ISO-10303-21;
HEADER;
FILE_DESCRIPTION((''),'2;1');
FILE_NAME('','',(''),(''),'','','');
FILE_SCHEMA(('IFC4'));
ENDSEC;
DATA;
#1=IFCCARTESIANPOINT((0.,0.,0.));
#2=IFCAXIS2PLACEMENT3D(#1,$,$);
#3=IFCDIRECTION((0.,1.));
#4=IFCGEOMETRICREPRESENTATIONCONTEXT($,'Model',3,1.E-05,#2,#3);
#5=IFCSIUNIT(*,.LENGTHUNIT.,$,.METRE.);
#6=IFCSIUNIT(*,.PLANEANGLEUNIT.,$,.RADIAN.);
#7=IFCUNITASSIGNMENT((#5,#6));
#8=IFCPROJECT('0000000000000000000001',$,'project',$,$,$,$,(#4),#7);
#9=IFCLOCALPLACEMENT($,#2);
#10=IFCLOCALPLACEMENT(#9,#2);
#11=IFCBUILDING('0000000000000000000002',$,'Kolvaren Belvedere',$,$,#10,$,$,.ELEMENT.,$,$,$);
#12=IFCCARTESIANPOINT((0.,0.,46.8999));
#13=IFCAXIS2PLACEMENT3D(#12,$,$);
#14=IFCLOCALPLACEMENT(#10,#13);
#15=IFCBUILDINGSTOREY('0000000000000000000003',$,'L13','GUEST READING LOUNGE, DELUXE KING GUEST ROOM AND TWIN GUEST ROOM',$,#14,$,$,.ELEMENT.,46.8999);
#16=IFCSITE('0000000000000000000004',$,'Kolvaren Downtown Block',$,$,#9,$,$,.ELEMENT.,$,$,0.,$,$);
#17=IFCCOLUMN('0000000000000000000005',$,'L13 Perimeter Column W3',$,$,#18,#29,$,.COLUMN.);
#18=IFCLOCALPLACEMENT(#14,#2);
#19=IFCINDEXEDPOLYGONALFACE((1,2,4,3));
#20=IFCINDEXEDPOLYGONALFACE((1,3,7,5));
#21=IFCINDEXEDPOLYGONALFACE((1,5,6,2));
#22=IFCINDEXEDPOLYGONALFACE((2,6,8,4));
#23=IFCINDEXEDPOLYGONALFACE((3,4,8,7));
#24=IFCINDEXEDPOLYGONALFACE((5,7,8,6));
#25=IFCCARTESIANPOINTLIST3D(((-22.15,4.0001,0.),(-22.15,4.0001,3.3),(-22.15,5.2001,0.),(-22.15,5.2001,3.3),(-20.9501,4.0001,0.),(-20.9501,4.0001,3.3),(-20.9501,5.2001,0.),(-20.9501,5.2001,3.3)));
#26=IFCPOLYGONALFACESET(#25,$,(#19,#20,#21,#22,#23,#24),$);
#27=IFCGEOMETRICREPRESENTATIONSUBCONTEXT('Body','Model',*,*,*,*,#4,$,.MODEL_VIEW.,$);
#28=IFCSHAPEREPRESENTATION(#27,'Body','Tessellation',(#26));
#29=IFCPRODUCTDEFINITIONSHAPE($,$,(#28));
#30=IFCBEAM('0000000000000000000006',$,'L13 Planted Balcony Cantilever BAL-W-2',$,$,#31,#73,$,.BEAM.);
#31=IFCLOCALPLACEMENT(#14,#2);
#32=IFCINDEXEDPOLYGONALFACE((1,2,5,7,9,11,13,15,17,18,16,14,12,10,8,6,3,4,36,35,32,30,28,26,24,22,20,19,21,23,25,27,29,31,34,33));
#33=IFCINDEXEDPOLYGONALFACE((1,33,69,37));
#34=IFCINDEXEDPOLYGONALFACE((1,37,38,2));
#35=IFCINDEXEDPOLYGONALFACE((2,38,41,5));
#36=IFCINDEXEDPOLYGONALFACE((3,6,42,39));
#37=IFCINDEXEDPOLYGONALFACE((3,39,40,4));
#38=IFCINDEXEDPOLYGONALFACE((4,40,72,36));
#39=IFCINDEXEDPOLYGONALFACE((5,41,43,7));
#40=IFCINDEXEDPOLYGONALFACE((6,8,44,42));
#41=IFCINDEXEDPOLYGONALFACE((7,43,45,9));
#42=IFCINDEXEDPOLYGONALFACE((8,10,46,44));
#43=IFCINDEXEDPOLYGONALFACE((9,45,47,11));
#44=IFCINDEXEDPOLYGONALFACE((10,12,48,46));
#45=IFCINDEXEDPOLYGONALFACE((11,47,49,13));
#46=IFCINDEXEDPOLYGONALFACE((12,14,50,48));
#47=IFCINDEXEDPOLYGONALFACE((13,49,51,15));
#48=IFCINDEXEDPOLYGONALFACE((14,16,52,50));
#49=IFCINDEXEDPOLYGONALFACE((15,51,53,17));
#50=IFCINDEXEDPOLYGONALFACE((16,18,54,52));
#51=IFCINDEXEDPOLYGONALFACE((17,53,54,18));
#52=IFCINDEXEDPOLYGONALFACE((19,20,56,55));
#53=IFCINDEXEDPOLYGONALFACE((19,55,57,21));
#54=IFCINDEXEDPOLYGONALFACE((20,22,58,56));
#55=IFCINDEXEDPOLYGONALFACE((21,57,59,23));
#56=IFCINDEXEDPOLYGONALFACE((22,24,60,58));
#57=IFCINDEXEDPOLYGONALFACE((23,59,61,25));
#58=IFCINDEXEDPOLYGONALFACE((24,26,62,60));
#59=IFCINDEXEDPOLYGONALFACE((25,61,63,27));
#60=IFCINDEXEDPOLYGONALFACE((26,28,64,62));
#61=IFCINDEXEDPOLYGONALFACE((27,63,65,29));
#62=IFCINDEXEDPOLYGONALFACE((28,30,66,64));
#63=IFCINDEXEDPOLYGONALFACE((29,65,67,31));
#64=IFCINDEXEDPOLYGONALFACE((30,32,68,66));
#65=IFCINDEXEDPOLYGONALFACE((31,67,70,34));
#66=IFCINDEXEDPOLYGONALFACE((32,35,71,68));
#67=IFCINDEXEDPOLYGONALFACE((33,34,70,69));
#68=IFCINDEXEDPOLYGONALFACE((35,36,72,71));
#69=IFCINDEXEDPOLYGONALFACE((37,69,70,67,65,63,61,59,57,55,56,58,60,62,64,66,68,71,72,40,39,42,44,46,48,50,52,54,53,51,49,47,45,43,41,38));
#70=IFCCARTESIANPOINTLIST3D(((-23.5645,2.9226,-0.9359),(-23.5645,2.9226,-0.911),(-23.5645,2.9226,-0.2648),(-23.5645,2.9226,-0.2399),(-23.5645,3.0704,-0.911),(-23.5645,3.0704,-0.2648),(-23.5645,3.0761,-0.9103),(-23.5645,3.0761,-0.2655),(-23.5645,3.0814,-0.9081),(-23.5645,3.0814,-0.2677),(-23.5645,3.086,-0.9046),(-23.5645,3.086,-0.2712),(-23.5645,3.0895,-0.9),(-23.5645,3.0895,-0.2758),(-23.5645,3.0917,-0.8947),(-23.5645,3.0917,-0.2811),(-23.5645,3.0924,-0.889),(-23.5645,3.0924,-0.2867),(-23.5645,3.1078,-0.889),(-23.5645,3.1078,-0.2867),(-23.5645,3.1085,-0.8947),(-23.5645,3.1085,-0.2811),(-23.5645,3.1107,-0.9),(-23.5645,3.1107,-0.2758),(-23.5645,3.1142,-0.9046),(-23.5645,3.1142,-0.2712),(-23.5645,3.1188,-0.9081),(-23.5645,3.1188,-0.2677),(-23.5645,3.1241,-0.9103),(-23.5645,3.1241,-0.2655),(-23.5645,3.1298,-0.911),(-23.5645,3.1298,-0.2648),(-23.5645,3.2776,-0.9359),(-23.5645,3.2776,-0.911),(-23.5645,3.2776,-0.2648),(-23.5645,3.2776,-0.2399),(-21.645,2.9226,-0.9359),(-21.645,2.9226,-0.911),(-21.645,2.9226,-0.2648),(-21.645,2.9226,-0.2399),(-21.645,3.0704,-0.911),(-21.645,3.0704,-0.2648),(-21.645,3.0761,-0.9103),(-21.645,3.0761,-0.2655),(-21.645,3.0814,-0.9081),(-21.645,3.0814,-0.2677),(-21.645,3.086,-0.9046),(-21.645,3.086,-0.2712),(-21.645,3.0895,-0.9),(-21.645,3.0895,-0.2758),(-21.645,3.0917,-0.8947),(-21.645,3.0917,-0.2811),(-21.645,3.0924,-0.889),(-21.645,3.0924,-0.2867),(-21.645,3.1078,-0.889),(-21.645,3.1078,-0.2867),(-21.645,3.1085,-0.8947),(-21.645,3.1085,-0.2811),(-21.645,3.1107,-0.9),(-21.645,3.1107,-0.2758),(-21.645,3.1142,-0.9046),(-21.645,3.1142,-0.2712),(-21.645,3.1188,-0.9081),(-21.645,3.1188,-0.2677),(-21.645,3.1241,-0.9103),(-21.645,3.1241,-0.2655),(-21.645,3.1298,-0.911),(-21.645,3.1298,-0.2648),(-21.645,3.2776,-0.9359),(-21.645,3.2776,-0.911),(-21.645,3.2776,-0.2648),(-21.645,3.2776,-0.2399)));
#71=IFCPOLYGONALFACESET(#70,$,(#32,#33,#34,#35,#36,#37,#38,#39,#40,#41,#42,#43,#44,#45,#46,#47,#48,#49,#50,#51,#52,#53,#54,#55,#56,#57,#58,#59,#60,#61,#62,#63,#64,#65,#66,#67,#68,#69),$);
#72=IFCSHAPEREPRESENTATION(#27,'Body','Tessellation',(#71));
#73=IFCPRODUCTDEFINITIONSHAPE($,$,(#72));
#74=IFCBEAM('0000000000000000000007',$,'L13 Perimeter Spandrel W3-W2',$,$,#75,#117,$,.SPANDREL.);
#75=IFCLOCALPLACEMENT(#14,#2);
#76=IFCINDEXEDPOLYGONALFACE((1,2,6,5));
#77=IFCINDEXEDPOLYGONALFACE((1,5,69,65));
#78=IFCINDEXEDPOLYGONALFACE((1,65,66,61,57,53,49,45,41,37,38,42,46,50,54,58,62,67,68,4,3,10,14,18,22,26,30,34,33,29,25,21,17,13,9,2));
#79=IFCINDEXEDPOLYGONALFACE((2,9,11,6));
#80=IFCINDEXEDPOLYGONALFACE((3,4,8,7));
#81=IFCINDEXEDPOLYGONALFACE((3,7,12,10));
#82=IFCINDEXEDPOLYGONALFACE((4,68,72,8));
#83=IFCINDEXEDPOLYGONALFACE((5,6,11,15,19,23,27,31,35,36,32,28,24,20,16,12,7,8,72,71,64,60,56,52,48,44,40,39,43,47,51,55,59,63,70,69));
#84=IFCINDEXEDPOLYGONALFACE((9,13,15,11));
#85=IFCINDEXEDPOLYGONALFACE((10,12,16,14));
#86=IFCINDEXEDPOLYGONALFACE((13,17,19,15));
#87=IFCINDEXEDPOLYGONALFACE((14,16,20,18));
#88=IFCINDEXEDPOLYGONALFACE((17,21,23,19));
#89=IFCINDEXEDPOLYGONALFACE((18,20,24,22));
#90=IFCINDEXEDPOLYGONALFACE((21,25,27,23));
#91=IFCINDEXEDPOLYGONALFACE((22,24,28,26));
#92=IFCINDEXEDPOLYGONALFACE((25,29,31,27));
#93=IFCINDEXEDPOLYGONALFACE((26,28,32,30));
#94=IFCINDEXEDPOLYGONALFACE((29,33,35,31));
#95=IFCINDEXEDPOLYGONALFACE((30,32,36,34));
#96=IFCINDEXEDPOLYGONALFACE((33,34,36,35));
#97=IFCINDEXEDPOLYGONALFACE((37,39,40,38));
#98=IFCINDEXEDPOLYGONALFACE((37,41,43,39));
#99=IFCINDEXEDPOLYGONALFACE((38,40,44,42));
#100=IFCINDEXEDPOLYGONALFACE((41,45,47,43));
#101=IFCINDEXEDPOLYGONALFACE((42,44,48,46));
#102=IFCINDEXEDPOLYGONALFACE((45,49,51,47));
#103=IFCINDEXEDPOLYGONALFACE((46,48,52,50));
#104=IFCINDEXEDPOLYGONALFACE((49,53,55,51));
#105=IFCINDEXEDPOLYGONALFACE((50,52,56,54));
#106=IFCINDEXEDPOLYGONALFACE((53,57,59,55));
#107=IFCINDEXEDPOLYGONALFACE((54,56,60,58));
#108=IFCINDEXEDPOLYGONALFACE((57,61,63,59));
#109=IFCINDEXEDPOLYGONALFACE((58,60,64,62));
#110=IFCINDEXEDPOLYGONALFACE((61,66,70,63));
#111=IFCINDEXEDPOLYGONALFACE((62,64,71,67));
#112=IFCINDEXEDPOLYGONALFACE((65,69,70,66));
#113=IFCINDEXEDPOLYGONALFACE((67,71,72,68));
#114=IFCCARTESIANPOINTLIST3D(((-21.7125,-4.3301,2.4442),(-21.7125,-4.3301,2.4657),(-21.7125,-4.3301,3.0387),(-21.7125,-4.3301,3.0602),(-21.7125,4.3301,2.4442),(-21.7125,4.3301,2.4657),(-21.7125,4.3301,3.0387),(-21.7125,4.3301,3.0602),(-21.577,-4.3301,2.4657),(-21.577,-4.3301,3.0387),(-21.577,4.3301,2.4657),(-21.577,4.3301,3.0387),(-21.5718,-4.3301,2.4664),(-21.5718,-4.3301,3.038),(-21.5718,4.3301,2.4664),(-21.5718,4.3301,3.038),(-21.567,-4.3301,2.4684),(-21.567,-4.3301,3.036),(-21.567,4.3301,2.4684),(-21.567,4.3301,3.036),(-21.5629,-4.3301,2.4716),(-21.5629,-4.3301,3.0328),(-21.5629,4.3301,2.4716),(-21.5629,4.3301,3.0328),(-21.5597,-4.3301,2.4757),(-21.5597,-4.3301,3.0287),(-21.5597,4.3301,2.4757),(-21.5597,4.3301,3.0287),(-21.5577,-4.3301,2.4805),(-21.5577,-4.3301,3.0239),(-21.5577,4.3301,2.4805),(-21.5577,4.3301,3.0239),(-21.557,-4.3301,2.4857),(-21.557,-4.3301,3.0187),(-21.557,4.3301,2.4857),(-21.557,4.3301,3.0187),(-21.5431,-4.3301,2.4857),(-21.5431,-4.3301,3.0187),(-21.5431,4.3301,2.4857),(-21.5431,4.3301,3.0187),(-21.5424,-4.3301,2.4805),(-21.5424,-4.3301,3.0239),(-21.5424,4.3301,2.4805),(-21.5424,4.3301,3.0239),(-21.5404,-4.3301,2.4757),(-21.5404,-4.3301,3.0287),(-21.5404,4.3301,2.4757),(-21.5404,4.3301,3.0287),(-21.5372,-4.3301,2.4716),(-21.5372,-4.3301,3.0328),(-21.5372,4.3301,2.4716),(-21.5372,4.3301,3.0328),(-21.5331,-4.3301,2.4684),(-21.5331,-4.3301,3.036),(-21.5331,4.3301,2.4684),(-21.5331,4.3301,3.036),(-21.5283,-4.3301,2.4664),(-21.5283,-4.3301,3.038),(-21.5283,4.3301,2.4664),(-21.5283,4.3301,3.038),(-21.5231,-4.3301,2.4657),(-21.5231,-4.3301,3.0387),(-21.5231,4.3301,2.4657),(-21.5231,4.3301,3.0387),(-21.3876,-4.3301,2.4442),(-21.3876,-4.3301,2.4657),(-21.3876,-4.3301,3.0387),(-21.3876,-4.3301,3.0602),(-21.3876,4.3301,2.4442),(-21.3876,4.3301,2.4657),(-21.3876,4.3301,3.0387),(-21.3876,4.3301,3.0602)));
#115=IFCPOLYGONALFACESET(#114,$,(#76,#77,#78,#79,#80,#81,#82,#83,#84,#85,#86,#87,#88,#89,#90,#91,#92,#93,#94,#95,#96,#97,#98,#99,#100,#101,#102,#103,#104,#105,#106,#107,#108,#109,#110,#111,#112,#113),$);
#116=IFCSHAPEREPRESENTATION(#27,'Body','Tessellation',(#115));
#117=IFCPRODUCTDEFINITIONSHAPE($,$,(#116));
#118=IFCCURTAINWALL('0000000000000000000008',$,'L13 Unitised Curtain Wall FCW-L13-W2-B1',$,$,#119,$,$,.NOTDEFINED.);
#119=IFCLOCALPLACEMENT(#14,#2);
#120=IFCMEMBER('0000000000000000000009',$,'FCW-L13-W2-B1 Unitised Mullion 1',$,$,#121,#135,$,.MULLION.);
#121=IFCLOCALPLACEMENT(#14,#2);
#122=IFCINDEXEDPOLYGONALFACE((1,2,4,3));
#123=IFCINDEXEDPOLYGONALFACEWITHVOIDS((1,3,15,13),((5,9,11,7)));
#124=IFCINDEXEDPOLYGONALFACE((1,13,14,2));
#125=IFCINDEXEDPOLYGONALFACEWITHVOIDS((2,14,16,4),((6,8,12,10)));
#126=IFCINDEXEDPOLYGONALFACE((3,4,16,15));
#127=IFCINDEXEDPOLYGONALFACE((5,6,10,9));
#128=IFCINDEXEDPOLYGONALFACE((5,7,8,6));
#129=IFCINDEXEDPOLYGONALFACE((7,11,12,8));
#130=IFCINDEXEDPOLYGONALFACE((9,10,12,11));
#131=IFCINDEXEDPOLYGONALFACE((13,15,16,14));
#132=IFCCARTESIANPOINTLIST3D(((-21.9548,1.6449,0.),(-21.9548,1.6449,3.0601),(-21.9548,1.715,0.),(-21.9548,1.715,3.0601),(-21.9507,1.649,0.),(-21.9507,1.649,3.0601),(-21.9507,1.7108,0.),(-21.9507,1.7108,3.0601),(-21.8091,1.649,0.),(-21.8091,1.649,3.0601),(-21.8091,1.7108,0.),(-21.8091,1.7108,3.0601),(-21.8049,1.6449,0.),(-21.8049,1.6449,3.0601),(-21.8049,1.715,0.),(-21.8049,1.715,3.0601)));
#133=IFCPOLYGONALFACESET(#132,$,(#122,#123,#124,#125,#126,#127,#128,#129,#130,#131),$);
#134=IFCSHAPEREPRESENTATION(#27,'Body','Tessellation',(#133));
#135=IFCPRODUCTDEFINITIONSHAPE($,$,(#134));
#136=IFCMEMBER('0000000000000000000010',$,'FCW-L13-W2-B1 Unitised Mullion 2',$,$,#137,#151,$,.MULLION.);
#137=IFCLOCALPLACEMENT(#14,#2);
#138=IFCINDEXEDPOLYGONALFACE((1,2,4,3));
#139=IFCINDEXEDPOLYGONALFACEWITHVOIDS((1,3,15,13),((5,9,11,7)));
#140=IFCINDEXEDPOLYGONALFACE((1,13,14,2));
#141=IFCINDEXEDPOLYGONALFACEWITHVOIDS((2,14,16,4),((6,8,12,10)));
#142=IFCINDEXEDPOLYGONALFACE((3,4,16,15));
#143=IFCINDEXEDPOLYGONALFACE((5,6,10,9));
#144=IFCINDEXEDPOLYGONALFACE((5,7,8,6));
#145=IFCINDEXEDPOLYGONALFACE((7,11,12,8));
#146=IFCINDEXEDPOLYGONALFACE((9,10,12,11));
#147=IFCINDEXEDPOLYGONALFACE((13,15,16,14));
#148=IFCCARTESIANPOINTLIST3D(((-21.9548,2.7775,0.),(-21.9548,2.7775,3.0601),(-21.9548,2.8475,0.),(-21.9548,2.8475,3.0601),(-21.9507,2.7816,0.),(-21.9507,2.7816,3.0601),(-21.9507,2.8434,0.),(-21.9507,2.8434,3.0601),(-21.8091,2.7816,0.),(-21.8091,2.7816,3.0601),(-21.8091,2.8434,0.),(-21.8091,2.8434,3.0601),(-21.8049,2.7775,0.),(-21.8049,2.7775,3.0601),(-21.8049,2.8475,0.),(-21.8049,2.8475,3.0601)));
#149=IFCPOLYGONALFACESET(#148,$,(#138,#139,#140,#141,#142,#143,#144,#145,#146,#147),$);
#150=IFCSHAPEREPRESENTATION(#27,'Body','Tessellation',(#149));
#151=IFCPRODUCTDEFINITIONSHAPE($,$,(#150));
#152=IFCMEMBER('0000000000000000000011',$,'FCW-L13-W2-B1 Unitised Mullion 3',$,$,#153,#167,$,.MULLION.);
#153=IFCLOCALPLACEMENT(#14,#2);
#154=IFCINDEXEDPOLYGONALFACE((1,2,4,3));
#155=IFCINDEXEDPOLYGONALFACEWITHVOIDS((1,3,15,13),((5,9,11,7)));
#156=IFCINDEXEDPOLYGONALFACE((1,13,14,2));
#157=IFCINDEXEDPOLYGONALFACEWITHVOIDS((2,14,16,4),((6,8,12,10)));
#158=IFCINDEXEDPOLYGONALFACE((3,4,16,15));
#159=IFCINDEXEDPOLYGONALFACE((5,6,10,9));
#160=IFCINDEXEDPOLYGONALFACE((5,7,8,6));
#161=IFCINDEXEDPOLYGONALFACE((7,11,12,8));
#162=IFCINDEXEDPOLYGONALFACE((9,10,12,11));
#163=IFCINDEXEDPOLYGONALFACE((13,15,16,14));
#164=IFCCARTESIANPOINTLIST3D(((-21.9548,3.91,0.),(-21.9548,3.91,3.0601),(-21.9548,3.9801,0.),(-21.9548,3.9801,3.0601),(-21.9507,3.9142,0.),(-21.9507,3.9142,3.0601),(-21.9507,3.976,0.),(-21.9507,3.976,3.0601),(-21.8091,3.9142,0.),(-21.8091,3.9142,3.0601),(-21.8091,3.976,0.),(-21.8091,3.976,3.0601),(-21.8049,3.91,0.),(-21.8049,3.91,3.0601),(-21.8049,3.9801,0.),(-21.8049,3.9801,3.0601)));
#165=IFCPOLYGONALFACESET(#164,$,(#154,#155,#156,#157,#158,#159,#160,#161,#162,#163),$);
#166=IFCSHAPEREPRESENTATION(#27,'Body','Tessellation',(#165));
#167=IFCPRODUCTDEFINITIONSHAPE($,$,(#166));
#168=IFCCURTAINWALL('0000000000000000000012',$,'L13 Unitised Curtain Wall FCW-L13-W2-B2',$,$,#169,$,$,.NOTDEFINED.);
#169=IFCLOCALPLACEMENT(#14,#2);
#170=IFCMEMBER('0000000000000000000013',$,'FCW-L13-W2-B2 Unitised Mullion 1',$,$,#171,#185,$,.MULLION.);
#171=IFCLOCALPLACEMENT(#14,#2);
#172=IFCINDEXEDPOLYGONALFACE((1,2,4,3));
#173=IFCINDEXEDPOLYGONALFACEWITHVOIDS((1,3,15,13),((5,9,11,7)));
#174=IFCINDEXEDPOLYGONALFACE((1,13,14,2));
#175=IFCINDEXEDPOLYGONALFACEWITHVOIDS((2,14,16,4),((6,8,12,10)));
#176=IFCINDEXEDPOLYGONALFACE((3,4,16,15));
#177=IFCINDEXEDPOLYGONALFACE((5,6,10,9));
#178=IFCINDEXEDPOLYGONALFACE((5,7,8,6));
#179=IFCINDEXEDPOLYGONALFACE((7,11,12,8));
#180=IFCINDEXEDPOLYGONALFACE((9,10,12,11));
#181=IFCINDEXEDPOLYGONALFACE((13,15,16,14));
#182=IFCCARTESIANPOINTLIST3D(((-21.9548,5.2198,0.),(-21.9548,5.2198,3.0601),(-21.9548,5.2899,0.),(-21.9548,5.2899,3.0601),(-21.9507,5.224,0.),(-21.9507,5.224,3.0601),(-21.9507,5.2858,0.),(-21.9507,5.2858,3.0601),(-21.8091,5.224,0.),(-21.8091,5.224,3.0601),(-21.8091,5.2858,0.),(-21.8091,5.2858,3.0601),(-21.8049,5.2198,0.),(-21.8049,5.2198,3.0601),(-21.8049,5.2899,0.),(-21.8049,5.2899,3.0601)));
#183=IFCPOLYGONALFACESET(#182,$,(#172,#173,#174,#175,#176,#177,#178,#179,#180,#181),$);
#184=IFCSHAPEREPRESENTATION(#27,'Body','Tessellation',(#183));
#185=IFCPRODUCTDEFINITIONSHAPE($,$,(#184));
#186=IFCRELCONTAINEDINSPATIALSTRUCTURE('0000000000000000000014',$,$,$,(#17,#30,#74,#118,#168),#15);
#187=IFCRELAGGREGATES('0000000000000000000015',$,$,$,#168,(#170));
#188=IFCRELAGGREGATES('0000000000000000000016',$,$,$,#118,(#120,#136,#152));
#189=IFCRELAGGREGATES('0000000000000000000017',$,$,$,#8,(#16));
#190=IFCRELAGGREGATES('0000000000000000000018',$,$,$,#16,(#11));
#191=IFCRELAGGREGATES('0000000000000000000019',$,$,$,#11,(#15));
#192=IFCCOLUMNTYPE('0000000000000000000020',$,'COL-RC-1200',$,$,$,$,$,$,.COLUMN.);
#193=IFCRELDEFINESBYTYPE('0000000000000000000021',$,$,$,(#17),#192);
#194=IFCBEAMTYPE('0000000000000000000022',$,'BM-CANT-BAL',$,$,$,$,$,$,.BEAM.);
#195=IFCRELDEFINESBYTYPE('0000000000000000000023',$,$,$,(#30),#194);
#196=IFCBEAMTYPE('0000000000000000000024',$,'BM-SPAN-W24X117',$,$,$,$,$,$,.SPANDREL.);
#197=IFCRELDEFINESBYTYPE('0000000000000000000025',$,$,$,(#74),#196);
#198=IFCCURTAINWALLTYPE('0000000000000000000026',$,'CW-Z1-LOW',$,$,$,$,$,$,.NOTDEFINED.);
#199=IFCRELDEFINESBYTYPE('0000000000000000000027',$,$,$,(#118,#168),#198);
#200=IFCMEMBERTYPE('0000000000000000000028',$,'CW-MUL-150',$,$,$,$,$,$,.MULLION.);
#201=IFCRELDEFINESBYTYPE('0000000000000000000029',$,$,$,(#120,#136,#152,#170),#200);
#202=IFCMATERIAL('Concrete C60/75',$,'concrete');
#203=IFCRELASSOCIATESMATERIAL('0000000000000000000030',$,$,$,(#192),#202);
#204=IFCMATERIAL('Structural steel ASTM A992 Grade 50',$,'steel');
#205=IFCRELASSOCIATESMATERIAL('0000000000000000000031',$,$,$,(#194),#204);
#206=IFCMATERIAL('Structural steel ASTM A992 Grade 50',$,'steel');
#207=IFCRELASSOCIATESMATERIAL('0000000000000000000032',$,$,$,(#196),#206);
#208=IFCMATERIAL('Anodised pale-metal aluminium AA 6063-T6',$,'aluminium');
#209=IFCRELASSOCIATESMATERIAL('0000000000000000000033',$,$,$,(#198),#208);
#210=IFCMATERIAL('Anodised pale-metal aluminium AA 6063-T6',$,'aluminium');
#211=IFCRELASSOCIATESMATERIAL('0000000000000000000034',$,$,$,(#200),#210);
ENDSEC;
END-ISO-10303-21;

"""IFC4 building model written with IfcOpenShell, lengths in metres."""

from ifc_helpers import new_model, si_unit, direction, frame, origin, origin_2d, place, context, subcontext, project, spatial, rectangle, hollow_rectangle, i_section, extrude, material, material_profile, profile_set, type_object, element, aggregate, save


model = new_model("IFC4")

# Units and contexts
model_context = context("Model", 3, precision=1e-05, world=origin(), true_north=direction((0.0, 1.0)))
body_context = subcontext(model_context, "Body", "Model", "MODEL_VIEW")
ifc_project = project(units=[si_unit("LENGTHUNIT", "METRE"), si_unit("PLANEANGLEUNIT", "RADIAN")], contexts=[model_context])

# Site, building, storey
site_placement = place(None, origin())
site = spatial("IfcSite", under=ifc_project, at=site_placement, Name="Kolvaren Downtown Block", CompositionType="ELEMENT", RefElevation=0.0)
building_placement = place(site_placement, origin())
building = spatial("IfcBuilding", under=site, at=building_placement, Name="Kolvaren Belvedere", CompositionType="ELEMENT")
storey_placement = place(building_placement, frame((0.0, 0.0, 46.8999)))
storey = spatial("IfcBuildingStorey", under=building, at=storey_placement, Name="L13", Description="GUEST READING LOUNGE, DELUXE KING GUEST ROOM AND TWIN GUEST ROOM", CompositionType="ELEMENT", Elevation=46.8999)

# Column
ifc_material_1 = material(Name="Concrete C60/75", Category="concrete")
ifc_material_profile_1 = material_profile(ifc_material_1, rectangle(XDim=1.2, YDim=1.2, at=origin_2d()), Name="RC 1200X1200")
ifc_profile_set_1 = profile_set([ifc_material_profile_1], Name="Concrete C60/75")
column_type = type_object("IfcColumnType", Name="COL-RC-1200", PredefinedType="COLUMN", material=ifc_profile_set_1)
column_placement = place(storey_placement, frame((-21.55, 4.6001, 0.0), z_axis=(0.0, 0.0, 1.0), x_axis=(1.0, 0.0, 0.0)))
element("IfcColumn", 1, at=column_placement, inside=storey, type_object=column_type, Name="L13 Perimeter Column W3", PredefinedType="COLUMN", context=body_context, shape_type="SweptSolid", body=[
    extrude(rectangle(XDim=1.2, YDim=1.2, at=origin_2d()), origin(), (0.0, 0.0, 1.0), 3.3),
])

# Beams
ifc_material_2 = material(Name="Structural steel ASTM A992 Grade 50", Category="steel")
ifc_material_profile_2 = material_profile(ifc_material_2, i_section(OverallWidth=0.355, OverallDepth=0.696, WebThickness=0.0154, FlangeThickness=0.0249, FilletRadius=0.022, at=origin_2d()), Name="W27X146")
ifc_profile_set_2 = profile_set([ifc_material_profile_2], Name="Structural steel ASTM A992 Grade 50")
beam_type_1 = type_object("IfcBeamType", Name="BM-CANT-BAL", PredefinedType="BEAM", material=ifc_profile_set_2)
beam_1_placement = place(storey_placement, frame((-21.645, 3.1001, -0.5879), z_axis=(-1.0, 0.0, 0.0), x_axis=(0.0, -1.0, 0.0)))
element("IfcBeam", 2, at=beam_1_placement, inside=storey, type_object=beam_type_1, Name="L13 Planted Balcony Cantilever BAL-W-2", PredefinedType="BEAM", context=body_context, shape_type="SweptSolid", body=[
    extrude(i_section(OverallWidth=0.355, OverallDepth=0.696, WebThickness=0.0154, FlangeThickness=0.0249, FilletRadius=0.022, at=origin_2d()), origin(), (0.0, 0.0, 1.0), 1.9194),
])
ifc_material_3 = material(Name="Structural steel ASTM A992 Grade 50", Category="steel")
ifc_material_profile_3 = material_profile(ifc_material_3, i_section(OverallWidth=0.325, OverallDepth=0.616, WebThickness=0.0139, FlangeThickness=0.0215, FilletRadius=0.02, at=origin_2d()), Name="W24X117")
ifc_profile_set_3 = profile_set([ifc_material_profile_3], Name="Structural steel ASTM A992 Grade 50")
beam_type_2 = type_object("IfcBeamType", Name="BM-SPAN-W24X117", PredefinedType="SPANDREL", material=ifc_profile_set_3)
beam_2_placement = place(storey_placement, frame((-21.55, 4.3301, 2.7522), z_axis=(0.0, -1.0, 0.0), x_axis=(1.0, 0.0, 0.0)))
element("IfcBeam", 3, at=beam_2_placement, inside=storey, type_object=beam_type_2, Name="L13 Perimeter Spandrel W3-W2", PredefinedType="SPANDREL", context=body_context, shape_type="SweptSolid", body=[
    extrude(i_section(OverallWidth=0.325, OverallDepth=0.616, WebThickness=0.0139, FlangeThickness=0.0215, FilletRadius=0.02, at=origin_2d()), origin(), (0.0, 0.0, 1.0), 8.6602),
])

# Curtain wall, members
ifc_material_4 = material(Name="Anodised pale-metal aluminium AA 6063-T6", Category="aluminium")
curtain_wall_type = type_object("IfcCurtainWallType", Name="CW-Z1-LOW", PredefinedType="NOTDEFINED", material=ifc_material_4)
curtain_wall_1_placement = place(storey_placement, origin())
curtain_wall_1 = element("IfcCurtainWall", 4, at=curtain_wall_1_placement, inside=storey, type_object=curtain_wall_type, Name="L13 Unitised Curtain Wall FCW-L13-W2-B1", PredefinedType="NOTDEFINED")
ifc_material_5 = material(Name="Anodised pale-metal aluminium AA 6063-T6", Category="aluminium")
ifc_material_profile_4 = material_profile(ifc_material_5, hollow_rectangle(XDim=0.0701, YDim=0.1499, WallThickness=0.0042, at=origin_2d()), Name="ALU-MUL-150X70")
ifc_profile_set_4 = profile_set([ifc_material_profile_4], Name="Anodised pale-metal aluminium AA 6063-T6")
member_type_1 = type_object("IfcMemberType", Name="CW-MUL-150", PredefinedType="MULLION", material=ifc_profile_set_4)
member_1_placement = place(storey_placement, frame((-21.8799, 1.6799, 0.0), z_axis=(0.0, 0.0, 1.0), x_axis=(0.0, 1.0, 0.0)))
member_1 = element("IfcMember", 5, at=member_1_placement, type_object=member_type_1, Name="FCW-L13-W2-B1 Unitised Mullion 1", PredefinedType="MULLION", context=body_context, shape_type="SweptSolid", body=[
    extrude(hollow_rectangle(XDim=0.0701, YDim=0.1499, WallThickness=0.0042, at=origin_2d()), origin(), (0.0, 0.0, 1.0), 3.0601),
])
member_2_placement = place(storey_placement, frame((-21.8799, 2.8125, 0.0), z_axis=(0.0, 0.0, 1.0), x_axis=(0.0, 1.0, 0.0)))
member_2 = element("IfcMember", 6, at=member_2_placement, type_object=member_type_1, Name="FCW-L13-W2-B1 Unitised Mullion 2", PredefinedType="MULLION", context=body_context, shape_type="SweptSolid", body=[
    extrude(hollow_rectangle(XDim=0.0701, YDim=0.1499, WallThickness=0.0042, at=origin_2d()), origin(), (0.0, 0.0, 1.0), 3.0601),
])
member_3_placement = place(storey_placement, frame((-21.8799, 3.9451, 0.0), z_axis=(0.0, 0.0, 1.0), x_axis=(0.0, 1.0, 0.0)))
member_3 = element("IfcMember", 7, at=member_3_placement, type_object=member_type_1, Name="FCW-L13-W2-B1 Unitised Mullion 3", PredefinedType="MULLION", context=body_context, shape_type="SweptSolid", body=[
    extrude(hollow_rectangle(XDim=0.0701, YDim=0.1499, WallThickness=0.0042, at=origin_2d()), origin(), (0.0, 0.0, 1.0), 3.0601),
])

# Curtain wall, member
curtain_wall_2_placement = place(storey_placement, origin())
curtain_wall_2 = element("IfcCurtainWall", 8, at=curtain_wall_2_placement, inside=storey, type_object=curtain_wall_type, Name="L13 Unitised Curtain Wall FCW-L13-W2-B2", PredefinedType="NOTDEFINED")
member_4_placement = place(storey_placement, frame((-21.8799, 5.2549, 0.0), z_axis=(0.0, 0.0, 1.0), x_axis=(0.0, 1.0, 0.0)))
member_4 = element("IfcMember", 9, at=member_4_placement, type_object=member_type_1, Name="FCW-L13-W2-B2 Unitised Mullion 1", PredefinedType="MULLION", context=body_context, shape_type="SweptSolid", body=[
    extrude(hollow_rectangle(XDim=0.0701, YDim=0.1499, WallThickness=0.0042, at=origin_2d()), origin(), (0.0, 0.0, 1.0), 3.0601),
])

aggregate(curtain_wall_2, [member_4])

aggregate(curtain_wall_1, [member_1, member_2, member_3])

save(model, "model.ifc")
